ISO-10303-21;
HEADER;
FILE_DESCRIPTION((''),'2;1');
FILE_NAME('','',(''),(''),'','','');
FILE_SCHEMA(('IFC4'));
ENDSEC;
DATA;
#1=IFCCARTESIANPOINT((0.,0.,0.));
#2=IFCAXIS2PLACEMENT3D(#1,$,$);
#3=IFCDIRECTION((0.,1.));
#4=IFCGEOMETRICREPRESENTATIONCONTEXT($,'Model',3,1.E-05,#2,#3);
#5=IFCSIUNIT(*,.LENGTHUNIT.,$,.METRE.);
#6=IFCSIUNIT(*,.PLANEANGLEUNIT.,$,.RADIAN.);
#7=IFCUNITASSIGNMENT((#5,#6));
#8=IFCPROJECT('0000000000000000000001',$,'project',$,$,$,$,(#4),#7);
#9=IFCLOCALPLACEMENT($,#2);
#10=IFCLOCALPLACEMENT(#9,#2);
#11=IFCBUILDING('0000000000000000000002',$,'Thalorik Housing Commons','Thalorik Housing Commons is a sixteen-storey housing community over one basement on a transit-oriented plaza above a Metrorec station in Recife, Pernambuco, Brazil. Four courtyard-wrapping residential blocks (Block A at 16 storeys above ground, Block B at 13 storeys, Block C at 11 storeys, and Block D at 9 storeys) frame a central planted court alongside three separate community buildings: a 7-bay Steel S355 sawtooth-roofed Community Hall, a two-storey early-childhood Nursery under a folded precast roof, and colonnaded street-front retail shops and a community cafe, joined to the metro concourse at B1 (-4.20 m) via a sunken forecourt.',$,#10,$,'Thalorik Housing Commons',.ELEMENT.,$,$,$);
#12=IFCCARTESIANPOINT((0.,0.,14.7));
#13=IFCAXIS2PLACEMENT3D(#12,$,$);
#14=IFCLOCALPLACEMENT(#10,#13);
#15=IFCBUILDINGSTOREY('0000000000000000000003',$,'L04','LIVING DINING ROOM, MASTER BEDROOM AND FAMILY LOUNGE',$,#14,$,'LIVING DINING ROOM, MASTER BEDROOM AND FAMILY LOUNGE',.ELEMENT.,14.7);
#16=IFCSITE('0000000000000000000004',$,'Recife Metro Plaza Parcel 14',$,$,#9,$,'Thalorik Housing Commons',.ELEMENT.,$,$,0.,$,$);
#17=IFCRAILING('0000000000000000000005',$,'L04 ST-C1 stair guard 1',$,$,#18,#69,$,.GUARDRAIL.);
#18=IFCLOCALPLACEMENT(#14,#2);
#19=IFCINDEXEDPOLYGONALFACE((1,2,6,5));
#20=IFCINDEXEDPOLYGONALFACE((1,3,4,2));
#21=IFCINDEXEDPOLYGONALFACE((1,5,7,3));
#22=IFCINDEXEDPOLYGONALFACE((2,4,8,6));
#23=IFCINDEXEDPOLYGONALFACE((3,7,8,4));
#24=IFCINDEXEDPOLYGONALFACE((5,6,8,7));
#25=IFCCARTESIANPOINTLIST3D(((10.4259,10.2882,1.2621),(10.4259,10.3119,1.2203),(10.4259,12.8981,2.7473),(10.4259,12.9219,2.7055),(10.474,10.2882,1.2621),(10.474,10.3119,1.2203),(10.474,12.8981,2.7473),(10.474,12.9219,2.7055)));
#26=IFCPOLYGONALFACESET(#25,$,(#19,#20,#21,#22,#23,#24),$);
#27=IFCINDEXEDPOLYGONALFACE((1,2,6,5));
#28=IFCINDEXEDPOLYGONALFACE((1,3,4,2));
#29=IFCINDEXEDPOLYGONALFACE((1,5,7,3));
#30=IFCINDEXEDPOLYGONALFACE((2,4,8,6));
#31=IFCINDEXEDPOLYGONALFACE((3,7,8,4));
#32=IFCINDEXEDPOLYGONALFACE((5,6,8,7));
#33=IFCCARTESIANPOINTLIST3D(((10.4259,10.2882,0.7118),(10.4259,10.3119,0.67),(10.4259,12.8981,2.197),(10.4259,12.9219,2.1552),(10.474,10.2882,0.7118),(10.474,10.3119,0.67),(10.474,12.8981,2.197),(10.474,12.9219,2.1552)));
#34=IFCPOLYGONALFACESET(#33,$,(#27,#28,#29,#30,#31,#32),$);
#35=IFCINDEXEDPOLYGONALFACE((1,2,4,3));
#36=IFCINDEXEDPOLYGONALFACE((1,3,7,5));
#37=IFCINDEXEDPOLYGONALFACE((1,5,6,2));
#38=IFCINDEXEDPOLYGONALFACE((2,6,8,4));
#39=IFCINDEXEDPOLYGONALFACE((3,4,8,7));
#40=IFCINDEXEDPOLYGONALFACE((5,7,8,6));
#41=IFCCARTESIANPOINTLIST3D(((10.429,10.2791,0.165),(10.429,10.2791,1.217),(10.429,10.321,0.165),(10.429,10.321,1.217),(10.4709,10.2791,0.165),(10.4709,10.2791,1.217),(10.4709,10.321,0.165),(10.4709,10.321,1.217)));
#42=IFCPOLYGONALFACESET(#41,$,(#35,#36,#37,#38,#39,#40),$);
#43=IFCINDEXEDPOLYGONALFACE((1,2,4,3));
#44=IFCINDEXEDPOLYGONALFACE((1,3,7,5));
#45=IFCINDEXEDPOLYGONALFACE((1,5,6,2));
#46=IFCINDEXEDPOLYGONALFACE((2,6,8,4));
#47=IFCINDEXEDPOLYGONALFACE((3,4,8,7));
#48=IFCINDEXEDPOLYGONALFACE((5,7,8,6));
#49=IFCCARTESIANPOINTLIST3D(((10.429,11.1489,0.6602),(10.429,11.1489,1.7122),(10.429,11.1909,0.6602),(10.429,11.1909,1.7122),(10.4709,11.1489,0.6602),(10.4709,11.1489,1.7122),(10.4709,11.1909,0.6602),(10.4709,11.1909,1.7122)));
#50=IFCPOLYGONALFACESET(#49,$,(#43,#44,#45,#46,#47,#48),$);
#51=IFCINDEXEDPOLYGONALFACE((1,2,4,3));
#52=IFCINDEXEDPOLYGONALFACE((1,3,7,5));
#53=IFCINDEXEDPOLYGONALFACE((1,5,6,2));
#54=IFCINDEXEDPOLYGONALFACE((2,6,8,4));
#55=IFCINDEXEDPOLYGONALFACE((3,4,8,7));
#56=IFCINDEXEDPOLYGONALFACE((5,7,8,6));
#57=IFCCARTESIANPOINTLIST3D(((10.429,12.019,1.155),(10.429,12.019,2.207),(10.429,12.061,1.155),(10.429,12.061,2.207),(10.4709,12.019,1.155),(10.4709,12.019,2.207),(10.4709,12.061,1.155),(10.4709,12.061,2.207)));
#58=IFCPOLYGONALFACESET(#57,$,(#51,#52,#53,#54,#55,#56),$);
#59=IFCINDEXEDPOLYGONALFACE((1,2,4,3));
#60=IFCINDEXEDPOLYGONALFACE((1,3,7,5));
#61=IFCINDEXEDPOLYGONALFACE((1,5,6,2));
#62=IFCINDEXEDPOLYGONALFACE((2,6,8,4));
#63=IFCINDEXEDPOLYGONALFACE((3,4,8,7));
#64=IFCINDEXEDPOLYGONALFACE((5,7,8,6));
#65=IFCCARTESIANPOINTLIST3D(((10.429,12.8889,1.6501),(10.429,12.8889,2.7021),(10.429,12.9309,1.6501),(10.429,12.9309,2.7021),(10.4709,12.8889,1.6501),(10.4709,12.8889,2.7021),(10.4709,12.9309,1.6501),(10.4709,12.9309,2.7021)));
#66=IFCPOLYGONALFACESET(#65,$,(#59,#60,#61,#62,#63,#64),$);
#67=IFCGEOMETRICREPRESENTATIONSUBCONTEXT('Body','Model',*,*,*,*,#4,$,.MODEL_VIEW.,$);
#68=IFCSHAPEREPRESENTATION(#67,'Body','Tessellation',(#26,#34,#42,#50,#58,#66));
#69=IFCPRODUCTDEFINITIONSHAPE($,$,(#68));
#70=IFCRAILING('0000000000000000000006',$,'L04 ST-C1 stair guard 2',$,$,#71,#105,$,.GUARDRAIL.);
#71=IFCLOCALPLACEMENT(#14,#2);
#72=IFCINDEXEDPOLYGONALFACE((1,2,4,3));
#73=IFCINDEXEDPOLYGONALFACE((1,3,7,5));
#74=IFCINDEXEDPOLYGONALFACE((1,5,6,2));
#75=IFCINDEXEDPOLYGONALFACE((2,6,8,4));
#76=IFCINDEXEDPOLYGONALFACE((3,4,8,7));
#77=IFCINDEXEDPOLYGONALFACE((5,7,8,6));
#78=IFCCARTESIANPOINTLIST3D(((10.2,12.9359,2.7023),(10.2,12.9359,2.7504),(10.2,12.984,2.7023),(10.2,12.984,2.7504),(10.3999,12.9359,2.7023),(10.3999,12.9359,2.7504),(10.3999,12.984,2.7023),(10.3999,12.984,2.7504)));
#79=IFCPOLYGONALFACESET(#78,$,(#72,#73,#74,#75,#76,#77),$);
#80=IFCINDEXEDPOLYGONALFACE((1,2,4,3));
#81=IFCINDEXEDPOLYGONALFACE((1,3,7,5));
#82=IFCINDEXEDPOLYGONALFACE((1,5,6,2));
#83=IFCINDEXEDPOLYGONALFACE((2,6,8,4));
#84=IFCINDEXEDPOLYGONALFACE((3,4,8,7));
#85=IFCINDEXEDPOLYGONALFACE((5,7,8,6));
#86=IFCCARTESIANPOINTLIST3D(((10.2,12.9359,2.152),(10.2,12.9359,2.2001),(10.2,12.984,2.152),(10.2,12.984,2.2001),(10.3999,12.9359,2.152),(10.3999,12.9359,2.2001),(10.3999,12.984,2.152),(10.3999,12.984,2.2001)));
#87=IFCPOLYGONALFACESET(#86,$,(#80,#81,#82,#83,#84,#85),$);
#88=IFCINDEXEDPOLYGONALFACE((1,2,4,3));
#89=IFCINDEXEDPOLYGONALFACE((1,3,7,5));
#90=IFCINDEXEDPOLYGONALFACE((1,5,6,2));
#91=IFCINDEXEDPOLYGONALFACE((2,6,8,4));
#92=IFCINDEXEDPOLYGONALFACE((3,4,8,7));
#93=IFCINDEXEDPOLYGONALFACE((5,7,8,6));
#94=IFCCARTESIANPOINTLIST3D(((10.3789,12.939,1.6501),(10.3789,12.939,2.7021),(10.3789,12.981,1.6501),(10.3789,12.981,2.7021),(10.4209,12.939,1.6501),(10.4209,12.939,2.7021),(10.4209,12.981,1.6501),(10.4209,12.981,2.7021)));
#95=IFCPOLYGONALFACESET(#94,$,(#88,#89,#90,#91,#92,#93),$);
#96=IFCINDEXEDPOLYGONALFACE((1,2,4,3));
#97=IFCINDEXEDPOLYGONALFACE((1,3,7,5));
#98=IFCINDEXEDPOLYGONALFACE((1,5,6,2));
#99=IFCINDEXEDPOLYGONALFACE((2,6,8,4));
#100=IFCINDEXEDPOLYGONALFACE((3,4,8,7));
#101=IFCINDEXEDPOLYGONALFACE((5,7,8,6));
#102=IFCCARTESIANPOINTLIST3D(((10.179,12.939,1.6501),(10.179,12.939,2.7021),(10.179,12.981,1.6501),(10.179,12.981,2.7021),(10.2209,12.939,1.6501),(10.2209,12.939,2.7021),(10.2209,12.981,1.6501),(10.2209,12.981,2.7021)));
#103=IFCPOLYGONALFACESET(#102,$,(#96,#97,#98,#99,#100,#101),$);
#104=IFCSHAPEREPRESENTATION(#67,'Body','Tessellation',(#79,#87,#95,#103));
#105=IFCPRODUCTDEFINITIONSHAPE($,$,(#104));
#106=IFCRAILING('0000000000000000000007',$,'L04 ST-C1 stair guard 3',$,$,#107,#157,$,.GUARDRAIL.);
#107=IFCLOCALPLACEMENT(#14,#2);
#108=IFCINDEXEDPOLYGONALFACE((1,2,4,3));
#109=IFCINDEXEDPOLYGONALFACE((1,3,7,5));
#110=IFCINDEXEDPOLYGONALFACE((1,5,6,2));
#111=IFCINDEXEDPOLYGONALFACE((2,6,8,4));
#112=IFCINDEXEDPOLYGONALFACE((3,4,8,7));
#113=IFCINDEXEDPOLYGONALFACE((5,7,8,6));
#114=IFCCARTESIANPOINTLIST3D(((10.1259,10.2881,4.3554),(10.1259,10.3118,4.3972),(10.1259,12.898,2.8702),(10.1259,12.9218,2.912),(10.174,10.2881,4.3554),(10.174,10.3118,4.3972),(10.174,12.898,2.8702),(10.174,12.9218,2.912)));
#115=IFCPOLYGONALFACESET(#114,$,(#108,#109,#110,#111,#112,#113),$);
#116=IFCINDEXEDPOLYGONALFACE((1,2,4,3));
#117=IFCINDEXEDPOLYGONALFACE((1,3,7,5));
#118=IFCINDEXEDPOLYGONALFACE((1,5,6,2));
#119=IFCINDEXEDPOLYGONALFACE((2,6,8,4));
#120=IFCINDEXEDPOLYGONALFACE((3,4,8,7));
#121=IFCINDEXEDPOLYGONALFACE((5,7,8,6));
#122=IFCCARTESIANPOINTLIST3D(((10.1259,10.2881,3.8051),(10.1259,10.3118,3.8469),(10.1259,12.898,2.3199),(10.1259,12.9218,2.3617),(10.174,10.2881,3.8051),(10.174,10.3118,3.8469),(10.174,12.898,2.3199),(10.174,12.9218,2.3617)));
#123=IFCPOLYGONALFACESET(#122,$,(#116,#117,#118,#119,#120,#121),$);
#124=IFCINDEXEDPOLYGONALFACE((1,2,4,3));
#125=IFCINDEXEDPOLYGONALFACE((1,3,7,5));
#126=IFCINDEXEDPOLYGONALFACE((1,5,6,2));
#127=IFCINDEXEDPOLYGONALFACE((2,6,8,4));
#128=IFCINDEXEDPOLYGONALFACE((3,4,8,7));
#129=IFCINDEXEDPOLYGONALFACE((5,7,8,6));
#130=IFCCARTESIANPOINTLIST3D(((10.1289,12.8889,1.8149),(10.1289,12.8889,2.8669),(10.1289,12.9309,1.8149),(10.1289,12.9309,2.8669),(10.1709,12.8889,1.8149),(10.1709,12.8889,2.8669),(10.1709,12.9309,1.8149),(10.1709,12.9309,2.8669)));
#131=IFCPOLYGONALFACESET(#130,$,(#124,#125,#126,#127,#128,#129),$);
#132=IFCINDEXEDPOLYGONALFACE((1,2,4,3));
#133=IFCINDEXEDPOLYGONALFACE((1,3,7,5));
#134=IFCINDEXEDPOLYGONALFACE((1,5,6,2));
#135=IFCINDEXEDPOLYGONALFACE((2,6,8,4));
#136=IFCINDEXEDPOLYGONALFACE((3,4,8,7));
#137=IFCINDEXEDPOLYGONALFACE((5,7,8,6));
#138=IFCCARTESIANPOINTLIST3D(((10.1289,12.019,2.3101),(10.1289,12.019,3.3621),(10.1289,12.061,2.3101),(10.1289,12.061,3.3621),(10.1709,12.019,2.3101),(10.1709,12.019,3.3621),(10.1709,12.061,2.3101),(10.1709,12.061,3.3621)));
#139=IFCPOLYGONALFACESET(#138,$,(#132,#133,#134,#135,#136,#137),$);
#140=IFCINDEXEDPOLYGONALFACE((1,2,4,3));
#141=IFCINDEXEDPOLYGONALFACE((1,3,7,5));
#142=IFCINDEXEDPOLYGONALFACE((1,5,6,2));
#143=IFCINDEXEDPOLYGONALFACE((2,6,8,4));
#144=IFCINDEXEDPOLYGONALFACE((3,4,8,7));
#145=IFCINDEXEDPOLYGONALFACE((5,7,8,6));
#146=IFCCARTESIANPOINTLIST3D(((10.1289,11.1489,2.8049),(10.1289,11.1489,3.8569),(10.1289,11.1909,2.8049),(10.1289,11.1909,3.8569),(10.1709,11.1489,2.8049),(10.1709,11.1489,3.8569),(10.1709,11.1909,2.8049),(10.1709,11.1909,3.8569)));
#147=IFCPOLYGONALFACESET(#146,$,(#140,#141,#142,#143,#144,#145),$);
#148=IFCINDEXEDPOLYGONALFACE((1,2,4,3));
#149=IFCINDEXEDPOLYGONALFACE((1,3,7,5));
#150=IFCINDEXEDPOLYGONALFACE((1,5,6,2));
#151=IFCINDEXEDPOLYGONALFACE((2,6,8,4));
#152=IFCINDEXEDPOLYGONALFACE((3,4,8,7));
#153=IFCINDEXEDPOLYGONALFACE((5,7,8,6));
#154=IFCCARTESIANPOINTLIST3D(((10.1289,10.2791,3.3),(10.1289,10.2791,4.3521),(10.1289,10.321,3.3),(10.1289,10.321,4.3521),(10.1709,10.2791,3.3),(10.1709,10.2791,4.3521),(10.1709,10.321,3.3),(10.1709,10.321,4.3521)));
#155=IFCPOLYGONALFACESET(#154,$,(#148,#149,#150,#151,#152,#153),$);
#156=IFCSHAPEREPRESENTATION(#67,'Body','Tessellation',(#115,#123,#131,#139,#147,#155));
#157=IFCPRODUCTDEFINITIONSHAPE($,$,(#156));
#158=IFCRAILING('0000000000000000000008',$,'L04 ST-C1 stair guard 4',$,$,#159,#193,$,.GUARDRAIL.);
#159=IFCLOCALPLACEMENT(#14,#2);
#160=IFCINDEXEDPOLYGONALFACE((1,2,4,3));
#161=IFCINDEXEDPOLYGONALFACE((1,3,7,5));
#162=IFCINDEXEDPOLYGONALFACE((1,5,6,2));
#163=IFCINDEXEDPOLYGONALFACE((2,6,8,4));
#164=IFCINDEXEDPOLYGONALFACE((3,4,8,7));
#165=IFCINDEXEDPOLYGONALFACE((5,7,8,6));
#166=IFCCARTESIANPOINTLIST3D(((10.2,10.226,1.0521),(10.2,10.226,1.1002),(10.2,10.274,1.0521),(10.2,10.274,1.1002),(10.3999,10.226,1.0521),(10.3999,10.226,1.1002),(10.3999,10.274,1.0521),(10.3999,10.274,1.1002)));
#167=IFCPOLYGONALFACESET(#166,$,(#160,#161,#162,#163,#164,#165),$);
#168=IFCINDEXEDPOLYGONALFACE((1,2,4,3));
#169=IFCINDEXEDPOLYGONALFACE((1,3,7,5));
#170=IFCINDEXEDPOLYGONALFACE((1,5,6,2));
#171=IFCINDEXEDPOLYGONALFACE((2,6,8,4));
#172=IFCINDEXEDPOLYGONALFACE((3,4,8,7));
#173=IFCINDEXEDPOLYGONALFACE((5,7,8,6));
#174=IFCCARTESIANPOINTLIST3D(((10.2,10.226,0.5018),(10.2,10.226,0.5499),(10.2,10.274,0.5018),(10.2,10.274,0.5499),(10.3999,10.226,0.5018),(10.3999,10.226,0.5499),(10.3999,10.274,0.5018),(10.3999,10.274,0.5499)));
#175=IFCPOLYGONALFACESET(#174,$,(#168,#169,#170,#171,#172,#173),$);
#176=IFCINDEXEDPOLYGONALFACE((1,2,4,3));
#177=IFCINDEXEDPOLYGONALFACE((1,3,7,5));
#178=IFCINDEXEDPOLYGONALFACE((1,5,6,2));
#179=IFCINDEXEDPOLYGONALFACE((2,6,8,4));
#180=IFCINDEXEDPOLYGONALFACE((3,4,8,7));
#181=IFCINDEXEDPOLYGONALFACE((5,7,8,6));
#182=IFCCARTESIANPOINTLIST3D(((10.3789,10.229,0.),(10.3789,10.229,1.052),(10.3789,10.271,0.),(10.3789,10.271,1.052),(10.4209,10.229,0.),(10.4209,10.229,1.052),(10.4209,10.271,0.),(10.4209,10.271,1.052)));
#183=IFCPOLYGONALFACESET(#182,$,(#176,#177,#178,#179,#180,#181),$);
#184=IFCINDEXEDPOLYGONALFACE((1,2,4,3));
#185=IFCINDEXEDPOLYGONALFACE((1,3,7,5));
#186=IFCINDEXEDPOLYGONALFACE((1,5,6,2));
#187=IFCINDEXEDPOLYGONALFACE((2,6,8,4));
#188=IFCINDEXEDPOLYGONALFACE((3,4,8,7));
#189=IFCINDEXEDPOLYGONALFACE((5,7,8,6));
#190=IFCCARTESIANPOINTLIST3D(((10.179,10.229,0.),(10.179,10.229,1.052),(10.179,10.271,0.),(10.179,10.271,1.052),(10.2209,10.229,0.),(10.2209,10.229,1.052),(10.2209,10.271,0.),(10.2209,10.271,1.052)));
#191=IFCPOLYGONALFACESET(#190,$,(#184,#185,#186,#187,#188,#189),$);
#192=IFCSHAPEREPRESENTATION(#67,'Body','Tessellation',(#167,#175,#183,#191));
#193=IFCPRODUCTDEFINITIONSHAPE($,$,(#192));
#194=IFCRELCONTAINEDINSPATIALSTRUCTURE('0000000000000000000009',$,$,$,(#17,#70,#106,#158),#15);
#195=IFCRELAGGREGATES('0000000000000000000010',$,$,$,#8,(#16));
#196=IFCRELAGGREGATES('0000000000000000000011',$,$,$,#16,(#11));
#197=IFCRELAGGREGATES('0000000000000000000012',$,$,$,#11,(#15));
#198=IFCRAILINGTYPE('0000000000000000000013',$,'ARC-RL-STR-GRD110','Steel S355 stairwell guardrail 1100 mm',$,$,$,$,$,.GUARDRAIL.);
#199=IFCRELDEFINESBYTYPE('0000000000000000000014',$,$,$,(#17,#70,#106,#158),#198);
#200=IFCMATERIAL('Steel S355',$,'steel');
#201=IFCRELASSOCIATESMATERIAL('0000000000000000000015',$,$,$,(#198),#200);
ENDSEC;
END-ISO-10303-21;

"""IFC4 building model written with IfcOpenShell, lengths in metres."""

from ifc_helpers import new_model, si_unit, direction, frame, origin, origin_2d, place, context, subcontext, project, spatial, rectangle, extrude, material, type_object, element, save


model = new_model("IFC4")

# Units and contexts
model_context = context("Model", 3, precision=1e-05, world=origin(), true_north=direction((0.0, 1.0)))
body_context = subcontext(model_context, "Body", "Model", "MODEL_VIEW")
ifc_project = project(units=[si_unit("LENGTHUNIT", "METRE"), si_unit("PLANEANGLEUNIT", "RADIAN")], contexts=[model_context])

# Site, building, storey
site_placement = place(None, origin())
site = spatial("IfcSite", under=ifc_project, at=site_placement, Name="Recife Metro Plaza Parcel 14", LongName="Thalorik Housing Commons", CompositionType="ELEMENT", RefElevation=0.0)
building_placement = place(site_placement, origin())
building = spatial("IfcBuilding", under=site, at=building_placement, Name="Thalorik Housing Commons", Description="Thalorik Housing Commons is a sixteen-storey housing community over one basement on a transit-oriented plaza above a Metrorec station in Recife, Pernambuco, Brazil. Four courtyard-wrapping residential blocks (Block A at 16 storeys above ground, Block B at 13 storeys, Block C at 11 storeys, and Block D at 9 storeys) frame a central planted court alongside three separate community buildings: a 7-bay Steel S355 sawtooth-roofed Community Hall, a two-storey early-childhood Nursery under a folded precast roof, and colonnaded street-front retail shops and a community cafe, joined to the metro concourse at B1 (-4.20 m) via a sunken forecourt.", LongName="Thalorik Housing Commons", CompositionType="ELEMENT")
storey_placement = place(building_placement, frame((0.0, 0.0, 14.7)))
storey = spatial("IfcBuildingStorey", under=building, at=storey_placement, Name="L04", Description="LIVING DINING ROOM, MASTER BEDROOM AND FAMILY LOUNGE", LongName="LIVING DINING ROOM, MASTER BEDROOM AND FAMILY LOUNGE", CompositionType="ELEMENT", Elevation=14.7)

# Shared definitions
ifc_material_1 = material(Name="Steel S355", Category="steel")

# Railings
railing_type_1 = type_object("IfcRailingType", Name="ARC-RL-STR-GRD110", Description="Steel S355 stairwell guardrail 1100 mm", PredefinedType="GUARDRAIL", material=ifc_material_1)
railing_1_placement = place(storey_placement, frame((10.45, 10.3, 0.165)))
element("IfcRailing", 1, at=railing_1_placement, inside=storey, type_object=railing_type_1, Name="L04 ST-C1 stair guard 1", PredefinedType="GUARDRAIL", context=body_context, shape_type="SweptSolid", body=[
    extrude(rectangle(XDim=0.0481, YDim=0.0481, at=origin_2d()), frame((0.0, 0.0, 1.0762), z_axis=(0.0, 0.869137, 0.494571), x_axis=(-1.0, 0.0, 0.0)), (0.0, 0.0, 1.0), 3.0029),
    extrude(rectangle(XDim=0.0481, YDim=0.0481, at=origin_2d()), frame((0.0, 0.0, 0.5259), z_axis=(0.0, 0.869137, 0.494571), x_axis=(-1.0, 0.0, 0.0)), (0.0, 0.0, 1.0), 3.0029),
    extrude(rectangle(XDim=0.042, YDim=0.042, at=origin_2d()), origin(), (0.0, 0.0, 1.0), 1.052),
    extrude(rectangle(XDim=0.042, YDim=0.042, at=origin_2d()), frame((0.0, 0.8699, 0.4951)), (0.0, 0.0, 1.0), 1.052),
    extrude(rectangle(XDim=0.042, YDim=0.042, at=origin_2d()), frame((0.0, 1.74, 0.99)), (0.0, 0.0, 1.0), 1.052),
    extrude(rectangle(XDim=0.042, YDim=0.042, at=origin_2d()), frame((0.0, 2.6099, 1.4851)), (0.0, 0.0, 1.0), 1.052),
])
railing_2_placement = place(storey_placement, frame((10.3999, 12.96, 1.6501)))
element("IfcRailing", 2, at=railing_2_placement, inside=storey, type_object=railing_type_1, Name="L04 ST-C1 stair guard 2", PredefinedType="GUARDRAIL", context=body_context, shape_type="SweptSolid", body=[
    extrude(rectangle(XDim=0.0481, YDim=0.0481, at=origin_2d()), frame((0.0, 0.0, 1.0762), z_axis=(-1.0, 0.0, 0.0), x_axis=(0.0, -1.0, 0.0)), (0.0, 0.0, 1.0), 0.2),
    extrude(rectangle(XDim=0.0481, YDim=0.0481, at=origin_2d()), frame((0.0, 0.0, 0.5259), z_axis=(-1.0, 0.0, 0.0), x_axis=(0.0, -1.0, 0.0)), (0.0, 0.0, 1.0), 0.2),
    extrude(rectangle(XDim=0.042, YDim=0.042, at=origin_2d()), origin(), (0.0, 0.0, 1.0), 1.052),
    extrude(rectangle(XDim=0.042, YDim=0.042, at=origin_2d()), frame((-0.2, 0.0, 0.0)), (0.0, 0.0, 1.0), 1.052),
])
railing_3_placement = place(storey_placement, frame((10.1499, 12.9099, 1.8149)))
element("IfcRailing", 3, at=railing_3_placement, inside=storey, type_object=railing_type_1, Name="L04 ST-C1 stair guard 3", PredefinedType="GUARDRAIL", context=body_context, shape_type="SweptSolid", body=[
    extrude(rectangle(XDim=0.0481, YDim=0.0481, at=origin_2d()), frame((0.0, 0.0, 1.0762), z_axis=(0.0, -0.869137, 0.494571), x_axis=(1.0, 0.0, 0.0)), (0.0, 0.0, 1.0), 3.0029),
    extrude(rectangle(XDim=0.0481, YDim=0.0481, at=origin_2d()), frame((0.0, 0.0, 0.5259), z_axis=(0.0, -0.869137, 0.494571), x_axis=(1.0, 0.0, 0.0)), (0.0, 0.0, 1.0), 3.0029),
    extrude(rectangle(XDim=0.042, YDim=0.042, at=origin_2d()), origin(), (0.0, 0.0, 1.0), 1.052),
    extrude(rectangle(XDim=0.042, YDim=0.042, at=origin_2d()), frame((0.0, -0.8699, 0.4951)), (0.0, 0.0, 1.0), 1.052),
    extrude(rectangle(XDim=0.042, YDim=0.042, at=origin_2d()), frame((0.0, -1.74, 0.99)), (0.0, 0.0, 1.0), 1.052),
    extrude(rectangle(XDim=0.042, YDim=0.042, at=origin_2d()), frame((0.0, -2.6099, 1.4851)), (0.0, 0.0, 1.0), 1.052),
])
railing_4_placement = place(storey_placement, frame((10.3999, 10.25, 0.0)))
element("IfcRailing", 4, at=railing_4_placement, inside=storey, type_object=railing_type_1, Name="L04 ST-C1 stair guard 4", PredefinedType="GUARDRAIL", context=body_context, shape_type="SweptSolid", body=[
    extrude(rectangle(XDim=0.0481, YDim=0.0481, at=origin_2d()), frame((0.0, 0.0, 1.0762), z_axis=(-1.0, 0.0, 0.0), x_axis=(0.0, -1.0, 0.0)), (0.0, 0.0, 1.0), 0.2),
    extrude(rectangle(XDim=0.0481, YDim=0.0481, at=origin_2d()), frame((0.0, 0.0, 0.5259), z_axis=(-1.0, 0.0, 0.0), x_axis=(0.0, -1.0, 0.0)), (0.0, 0.0, 1.0), 0.2),
    extrude(rectangle(XDim=0.042, YDim=0.042, at=origin_2d()), origin(), (0.0, 0.0, 1.0), 1.052),
    extrude(rectangle(XDim=0.042, YDim=0.042, at=origin_2d()), frame((-0.2, 0.0, 0.0)), (0.0, 0.0, 1.0), 1.052),
])

save(model, "model.ifc")
